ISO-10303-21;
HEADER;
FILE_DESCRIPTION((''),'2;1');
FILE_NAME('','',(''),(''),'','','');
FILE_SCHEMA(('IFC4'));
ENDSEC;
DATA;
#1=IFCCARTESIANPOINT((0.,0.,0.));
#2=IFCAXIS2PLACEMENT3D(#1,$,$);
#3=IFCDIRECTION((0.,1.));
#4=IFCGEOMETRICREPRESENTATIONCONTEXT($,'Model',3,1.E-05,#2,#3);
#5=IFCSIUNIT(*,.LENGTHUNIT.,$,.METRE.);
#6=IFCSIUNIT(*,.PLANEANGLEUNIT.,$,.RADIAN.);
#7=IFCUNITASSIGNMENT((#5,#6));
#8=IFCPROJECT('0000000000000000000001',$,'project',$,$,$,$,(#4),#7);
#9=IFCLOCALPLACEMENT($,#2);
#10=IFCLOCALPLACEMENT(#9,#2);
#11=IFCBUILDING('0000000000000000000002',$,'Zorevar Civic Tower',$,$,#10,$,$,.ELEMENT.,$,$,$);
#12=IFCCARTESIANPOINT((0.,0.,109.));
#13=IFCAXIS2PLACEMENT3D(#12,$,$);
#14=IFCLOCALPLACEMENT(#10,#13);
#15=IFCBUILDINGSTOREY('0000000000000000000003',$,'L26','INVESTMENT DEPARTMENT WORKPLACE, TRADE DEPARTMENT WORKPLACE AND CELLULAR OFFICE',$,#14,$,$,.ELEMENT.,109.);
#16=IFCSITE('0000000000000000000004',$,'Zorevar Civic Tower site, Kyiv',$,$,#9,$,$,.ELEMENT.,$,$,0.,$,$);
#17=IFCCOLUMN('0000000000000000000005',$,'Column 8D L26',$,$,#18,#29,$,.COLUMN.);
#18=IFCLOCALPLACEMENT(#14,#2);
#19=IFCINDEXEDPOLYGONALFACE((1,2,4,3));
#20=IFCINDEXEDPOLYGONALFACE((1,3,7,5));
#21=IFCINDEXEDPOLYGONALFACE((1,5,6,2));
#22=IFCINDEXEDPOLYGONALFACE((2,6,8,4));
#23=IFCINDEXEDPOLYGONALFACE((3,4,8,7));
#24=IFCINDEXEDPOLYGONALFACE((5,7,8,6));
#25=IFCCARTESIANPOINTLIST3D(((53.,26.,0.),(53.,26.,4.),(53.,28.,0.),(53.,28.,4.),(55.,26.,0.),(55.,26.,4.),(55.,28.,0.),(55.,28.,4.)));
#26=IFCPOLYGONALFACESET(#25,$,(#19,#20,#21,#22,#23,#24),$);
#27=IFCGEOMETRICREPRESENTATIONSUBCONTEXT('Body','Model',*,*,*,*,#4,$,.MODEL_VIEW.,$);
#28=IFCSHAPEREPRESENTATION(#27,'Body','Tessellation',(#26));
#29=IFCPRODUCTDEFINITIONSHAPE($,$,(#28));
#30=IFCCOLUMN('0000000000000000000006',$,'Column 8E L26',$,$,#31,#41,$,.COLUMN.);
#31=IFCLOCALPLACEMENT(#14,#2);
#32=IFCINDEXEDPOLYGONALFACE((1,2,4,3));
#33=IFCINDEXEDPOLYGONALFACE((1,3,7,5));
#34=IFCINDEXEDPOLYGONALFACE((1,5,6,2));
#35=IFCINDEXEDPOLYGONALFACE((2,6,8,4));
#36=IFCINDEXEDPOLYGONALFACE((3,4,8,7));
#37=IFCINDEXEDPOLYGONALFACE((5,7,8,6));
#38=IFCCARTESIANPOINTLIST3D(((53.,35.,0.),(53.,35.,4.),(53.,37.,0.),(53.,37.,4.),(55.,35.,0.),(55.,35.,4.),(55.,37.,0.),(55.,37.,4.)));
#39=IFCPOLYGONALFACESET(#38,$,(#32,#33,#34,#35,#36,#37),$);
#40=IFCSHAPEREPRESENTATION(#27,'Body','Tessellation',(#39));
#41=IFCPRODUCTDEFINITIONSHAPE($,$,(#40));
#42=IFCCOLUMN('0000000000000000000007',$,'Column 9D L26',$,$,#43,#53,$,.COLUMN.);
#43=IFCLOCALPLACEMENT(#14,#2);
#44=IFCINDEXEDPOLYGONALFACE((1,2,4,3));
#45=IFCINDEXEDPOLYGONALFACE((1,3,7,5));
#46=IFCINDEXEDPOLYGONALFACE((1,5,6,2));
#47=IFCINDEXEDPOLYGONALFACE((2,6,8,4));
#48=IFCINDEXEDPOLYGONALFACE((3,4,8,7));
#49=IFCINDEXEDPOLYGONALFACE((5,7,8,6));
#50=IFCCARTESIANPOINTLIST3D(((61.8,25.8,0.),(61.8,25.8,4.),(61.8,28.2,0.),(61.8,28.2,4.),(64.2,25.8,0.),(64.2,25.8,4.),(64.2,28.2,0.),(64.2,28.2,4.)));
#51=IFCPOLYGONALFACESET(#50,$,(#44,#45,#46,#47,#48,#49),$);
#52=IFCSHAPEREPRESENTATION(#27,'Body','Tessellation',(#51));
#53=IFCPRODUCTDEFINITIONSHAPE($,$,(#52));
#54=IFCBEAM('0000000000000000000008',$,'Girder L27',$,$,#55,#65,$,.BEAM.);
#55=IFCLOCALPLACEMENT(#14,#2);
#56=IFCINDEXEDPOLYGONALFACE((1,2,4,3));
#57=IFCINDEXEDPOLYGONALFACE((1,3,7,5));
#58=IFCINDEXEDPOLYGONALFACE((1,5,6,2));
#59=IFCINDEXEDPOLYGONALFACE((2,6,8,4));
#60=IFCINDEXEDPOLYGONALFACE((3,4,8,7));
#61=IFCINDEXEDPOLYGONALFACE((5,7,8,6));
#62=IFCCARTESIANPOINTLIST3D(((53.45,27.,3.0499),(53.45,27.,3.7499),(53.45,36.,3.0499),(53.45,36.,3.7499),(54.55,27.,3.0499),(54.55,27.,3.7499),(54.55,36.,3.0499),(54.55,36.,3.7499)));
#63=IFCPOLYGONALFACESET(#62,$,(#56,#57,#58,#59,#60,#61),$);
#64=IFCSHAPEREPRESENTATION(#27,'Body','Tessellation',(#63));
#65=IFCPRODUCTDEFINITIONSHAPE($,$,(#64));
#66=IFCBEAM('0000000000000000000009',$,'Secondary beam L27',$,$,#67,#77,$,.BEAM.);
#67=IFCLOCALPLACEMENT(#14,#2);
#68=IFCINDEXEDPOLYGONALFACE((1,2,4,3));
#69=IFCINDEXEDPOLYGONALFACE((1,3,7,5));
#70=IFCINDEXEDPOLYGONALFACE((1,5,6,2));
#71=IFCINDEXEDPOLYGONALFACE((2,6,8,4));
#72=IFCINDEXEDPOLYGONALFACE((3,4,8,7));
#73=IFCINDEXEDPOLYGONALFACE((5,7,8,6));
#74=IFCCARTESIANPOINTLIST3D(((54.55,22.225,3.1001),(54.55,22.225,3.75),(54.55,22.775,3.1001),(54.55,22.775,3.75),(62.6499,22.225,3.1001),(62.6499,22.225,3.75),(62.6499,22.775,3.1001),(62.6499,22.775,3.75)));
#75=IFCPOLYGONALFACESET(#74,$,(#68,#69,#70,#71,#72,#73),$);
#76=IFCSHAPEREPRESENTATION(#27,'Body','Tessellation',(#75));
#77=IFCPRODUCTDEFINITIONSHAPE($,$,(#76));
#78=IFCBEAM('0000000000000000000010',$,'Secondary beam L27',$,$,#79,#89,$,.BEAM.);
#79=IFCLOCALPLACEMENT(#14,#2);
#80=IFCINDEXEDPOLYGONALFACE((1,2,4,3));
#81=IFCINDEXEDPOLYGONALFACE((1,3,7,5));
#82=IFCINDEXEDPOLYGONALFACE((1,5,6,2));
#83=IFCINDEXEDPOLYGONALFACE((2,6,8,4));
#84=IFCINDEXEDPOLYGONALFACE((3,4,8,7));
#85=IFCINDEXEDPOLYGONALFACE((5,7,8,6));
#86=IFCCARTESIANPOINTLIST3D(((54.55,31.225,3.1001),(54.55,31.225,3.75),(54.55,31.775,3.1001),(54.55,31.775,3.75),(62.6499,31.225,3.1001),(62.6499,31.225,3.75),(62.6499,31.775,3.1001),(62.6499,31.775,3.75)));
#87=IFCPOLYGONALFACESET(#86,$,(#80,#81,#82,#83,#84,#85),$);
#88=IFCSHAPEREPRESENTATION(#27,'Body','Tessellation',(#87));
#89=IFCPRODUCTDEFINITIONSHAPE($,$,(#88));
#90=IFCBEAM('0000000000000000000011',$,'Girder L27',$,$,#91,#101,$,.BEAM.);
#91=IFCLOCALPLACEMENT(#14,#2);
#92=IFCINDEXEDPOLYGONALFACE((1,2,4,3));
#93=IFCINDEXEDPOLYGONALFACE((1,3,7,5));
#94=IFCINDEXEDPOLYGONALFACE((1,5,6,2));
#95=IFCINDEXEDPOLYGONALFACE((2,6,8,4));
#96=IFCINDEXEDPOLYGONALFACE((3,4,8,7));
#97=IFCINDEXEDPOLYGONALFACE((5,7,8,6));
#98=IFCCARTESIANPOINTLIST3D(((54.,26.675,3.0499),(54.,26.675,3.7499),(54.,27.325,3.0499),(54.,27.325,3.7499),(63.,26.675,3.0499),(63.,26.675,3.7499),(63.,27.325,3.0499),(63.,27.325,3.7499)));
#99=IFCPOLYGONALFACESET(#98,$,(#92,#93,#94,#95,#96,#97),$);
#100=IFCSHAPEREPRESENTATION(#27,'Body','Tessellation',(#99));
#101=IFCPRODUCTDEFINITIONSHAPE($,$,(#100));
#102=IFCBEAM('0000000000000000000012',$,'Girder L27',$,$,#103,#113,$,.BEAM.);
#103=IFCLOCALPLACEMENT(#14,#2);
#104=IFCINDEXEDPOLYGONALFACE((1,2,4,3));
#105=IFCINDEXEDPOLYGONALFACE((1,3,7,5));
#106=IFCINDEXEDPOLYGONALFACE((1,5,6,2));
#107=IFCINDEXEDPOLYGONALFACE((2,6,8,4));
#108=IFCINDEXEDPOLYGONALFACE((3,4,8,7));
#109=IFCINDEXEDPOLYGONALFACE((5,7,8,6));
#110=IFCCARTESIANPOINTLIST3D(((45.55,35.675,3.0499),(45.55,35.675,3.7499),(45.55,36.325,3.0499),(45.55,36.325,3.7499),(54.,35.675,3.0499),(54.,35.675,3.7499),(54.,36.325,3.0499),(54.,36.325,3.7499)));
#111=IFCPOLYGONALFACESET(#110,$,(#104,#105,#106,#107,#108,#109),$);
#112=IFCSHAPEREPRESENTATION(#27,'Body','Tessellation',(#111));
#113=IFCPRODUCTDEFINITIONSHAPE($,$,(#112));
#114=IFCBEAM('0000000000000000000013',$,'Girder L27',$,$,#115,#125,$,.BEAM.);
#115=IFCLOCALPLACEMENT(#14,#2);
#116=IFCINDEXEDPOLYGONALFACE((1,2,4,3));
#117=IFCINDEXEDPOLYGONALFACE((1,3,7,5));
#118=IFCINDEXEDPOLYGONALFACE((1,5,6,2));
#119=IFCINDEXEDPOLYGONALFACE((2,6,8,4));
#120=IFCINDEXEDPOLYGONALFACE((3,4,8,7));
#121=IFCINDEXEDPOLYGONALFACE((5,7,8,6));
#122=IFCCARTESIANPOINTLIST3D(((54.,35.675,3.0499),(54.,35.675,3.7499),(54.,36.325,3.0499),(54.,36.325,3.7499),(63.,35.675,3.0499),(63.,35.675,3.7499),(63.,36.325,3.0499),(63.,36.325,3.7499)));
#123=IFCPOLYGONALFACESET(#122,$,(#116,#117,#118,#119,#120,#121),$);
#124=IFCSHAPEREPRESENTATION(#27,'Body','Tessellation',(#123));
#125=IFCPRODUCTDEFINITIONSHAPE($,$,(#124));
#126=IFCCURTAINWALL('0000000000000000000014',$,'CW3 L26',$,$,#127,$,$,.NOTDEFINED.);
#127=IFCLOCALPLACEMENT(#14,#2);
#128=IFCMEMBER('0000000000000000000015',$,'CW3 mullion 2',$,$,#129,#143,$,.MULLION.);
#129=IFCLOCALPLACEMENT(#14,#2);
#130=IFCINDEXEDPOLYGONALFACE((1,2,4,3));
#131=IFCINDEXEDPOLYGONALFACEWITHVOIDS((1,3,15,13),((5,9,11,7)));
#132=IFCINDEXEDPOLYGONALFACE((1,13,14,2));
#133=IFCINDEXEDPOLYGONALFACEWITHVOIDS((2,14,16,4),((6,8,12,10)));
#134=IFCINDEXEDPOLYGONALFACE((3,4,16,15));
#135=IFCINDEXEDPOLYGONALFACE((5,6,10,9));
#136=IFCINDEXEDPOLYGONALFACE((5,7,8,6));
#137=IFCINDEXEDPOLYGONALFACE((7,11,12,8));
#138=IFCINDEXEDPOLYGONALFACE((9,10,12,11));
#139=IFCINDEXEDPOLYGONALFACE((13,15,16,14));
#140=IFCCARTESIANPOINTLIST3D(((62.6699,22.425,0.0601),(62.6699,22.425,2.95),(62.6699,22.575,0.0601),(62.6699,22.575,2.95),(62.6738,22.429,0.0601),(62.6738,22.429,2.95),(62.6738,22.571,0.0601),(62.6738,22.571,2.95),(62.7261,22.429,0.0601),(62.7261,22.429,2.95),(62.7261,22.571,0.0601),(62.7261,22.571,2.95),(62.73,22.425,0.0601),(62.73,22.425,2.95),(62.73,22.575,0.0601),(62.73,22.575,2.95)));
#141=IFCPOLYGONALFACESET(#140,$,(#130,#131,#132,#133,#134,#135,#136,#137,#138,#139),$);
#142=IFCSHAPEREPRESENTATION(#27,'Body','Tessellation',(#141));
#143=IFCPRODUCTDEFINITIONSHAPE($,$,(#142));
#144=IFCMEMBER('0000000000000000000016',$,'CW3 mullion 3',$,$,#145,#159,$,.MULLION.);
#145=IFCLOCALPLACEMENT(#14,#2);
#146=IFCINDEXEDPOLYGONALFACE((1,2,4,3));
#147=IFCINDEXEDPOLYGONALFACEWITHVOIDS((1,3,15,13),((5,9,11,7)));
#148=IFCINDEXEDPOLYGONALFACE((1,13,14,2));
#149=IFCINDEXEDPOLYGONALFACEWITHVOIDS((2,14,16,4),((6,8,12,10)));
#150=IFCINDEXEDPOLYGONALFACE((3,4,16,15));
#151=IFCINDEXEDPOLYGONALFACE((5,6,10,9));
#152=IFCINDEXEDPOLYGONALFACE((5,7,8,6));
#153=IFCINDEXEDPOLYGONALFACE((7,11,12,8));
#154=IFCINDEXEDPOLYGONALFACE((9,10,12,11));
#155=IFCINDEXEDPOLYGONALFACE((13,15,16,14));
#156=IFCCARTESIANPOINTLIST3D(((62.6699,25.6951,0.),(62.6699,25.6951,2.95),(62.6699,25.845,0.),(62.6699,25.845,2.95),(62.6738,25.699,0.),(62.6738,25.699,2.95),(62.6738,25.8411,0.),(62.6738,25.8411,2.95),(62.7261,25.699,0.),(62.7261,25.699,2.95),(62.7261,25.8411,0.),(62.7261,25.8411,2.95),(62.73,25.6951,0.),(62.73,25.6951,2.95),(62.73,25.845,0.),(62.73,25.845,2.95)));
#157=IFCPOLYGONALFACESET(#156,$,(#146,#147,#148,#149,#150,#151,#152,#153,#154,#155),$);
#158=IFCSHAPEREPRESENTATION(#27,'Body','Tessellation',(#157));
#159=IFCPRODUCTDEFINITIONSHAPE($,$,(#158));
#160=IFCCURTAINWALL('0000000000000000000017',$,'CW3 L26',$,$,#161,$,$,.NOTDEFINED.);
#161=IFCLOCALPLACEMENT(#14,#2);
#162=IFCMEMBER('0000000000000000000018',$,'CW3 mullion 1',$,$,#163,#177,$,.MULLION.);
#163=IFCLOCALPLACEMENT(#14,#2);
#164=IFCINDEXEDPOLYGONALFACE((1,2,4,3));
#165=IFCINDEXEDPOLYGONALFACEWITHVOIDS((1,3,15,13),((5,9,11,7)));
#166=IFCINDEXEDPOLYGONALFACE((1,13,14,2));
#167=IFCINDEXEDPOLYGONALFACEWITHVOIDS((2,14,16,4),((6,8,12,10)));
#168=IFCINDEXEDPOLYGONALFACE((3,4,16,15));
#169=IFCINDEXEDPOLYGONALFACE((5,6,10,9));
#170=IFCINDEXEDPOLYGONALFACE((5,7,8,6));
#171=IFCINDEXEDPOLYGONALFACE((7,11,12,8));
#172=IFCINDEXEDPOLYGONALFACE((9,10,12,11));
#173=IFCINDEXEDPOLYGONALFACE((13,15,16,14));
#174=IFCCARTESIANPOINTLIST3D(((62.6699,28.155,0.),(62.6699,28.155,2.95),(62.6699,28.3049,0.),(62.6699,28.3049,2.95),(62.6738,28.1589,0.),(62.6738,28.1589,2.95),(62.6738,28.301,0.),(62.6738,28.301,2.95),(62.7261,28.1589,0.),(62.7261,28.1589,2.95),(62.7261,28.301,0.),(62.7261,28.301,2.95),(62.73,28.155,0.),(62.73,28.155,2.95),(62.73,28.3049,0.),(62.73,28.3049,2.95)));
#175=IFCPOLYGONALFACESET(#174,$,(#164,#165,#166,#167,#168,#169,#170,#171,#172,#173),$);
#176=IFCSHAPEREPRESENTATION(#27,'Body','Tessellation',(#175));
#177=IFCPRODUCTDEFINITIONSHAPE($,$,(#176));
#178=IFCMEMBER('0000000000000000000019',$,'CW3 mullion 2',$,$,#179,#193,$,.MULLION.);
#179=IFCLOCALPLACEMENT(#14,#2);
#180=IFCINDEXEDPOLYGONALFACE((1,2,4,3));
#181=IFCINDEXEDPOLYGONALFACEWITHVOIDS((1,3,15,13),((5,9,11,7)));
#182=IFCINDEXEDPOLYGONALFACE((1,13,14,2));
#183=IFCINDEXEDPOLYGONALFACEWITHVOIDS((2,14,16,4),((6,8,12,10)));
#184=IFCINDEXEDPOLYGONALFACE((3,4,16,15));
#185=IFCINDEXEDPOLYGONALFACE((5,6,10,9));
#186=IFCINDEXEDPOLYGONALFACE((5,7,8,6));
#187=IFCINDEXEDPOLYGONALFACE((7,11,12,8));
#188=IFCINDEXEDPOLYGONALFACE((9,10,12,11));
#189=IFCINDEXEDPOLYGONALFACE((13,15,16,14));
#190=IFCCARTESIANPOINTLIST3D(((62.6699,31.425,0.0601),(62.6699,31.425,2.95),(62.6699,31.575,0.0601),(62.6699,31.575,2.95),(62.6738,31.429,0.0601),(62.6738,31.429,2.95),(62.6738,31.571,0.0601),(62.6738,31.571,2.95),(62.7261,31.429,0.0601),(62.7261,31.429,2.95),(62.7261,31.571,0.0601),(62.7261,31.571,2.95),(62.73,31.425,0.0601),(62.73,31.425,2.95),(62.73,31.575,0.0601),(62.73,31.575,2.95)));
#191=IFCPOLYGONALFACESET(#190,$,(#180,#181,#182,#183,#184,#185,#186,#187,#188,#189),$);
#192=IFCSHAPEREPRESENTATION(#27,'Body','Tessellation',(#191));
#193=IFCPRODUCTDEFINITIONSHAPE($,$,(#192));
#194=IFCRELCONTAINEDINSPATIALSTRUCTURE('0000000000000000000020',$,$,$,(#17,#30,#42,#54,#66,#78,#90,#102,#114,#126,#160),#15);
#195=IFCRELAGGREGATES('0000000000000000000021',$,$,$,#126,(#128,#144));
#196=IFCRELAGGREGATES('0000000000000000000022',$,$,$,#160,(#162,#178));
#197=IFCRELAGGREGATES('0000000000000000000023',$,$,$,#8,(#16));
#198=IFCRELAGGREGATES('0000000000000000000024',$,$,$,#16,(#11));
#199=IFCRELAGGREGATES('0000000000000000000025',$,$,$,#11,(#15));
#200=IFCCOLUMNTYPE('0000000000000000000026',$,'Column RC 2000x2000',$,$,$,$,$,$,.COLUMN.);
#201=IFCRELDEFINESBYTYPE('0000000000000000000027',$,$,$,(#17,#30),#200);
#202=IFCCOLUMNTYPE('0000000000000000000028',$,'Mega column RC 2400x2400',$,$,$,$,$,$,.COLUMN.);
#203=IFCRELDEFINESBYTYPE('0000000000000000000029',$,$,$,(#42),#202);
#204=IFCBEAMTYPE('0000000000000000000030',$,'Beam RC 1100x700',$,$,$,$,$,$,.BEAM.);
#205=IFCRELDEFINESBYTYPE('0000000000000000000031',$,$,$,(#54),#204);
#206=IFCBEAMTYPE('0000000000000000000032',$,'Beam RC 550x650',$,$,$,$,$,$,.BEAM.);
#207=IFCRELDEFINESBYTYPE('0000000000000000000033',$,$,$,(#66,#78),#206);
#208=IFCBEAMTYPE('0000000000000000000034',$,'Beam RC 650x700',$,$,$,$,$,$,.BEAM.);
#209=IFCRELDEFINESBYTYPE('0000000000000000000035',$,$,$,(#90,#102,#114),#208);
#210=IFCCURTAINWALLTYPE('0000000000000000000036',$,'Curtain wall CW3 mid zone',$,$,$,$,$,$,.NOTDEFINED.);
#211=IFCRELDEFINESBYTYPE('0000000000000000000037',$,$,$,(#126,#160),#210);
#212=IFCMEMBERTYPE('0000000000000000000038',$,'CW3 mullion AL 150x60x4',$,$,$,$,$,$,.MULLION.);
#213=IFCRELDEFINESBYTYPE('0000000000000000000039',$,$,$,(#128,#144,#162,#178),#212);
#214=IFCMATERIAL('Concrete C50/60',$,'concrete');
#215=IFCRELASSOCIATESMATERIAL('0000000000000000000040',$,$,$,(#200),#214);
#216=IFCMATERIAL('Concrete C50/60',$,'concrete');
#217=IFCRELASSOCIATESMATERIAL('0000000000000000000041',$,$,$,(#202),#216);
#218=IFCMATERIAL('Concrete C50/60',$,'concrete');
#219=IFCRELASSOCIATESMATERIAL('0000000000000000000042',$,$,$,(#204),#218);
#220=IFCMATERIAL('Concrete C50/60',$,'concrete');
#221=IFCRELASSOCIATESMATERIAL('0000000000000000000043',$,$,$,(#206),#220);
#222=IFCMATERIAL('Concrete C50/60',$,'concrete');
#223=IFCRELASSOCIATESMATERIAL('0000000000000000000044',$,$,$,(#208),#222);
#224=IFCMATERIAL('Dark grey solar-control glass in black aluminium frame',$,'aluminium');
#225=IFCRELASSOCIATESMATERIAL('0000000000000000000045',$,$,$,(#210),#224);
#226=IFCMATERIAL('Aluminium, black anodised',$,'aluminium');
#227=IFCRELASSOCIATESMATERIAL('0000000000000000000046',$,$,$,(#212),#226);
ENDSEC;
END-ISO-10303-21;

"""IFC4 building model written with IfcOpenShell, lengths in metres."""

from ifc_helpers import new_model, si_unit, direction, frame, origin, origin_2d, place, context, subcontext, project, spatial, rectangle, hollow_rectangle, extrude, material, material_profile, profile_set, type_object, element, aggregate, save


model = new_model("IFC4")

# Units and contexts
model_context = context("Model", 3, precision=1e-05, world=origin(), true_north=direction((0.0, 1.0)))
body_context = subcontext(model_context, "Body", "Model", "MODEL_VIEW")
ifc_project = project(units=[si_unit("LENGTHUNIT", "METRE"), si_unit("PLANEANGLEUNIT", "RADIAN")], contexts=[model_context])

# Site, building, storey
site_placement = place(None, origin())
site = spatial("IfcSite", under=ifc_project, at=site_placement, Name="Zorevar Civic Tower site, Kyiv", CompositionType="ELEMENT", RefElevation=0.0)
building_placement = place(site_placement, origin())
building = spatial("IfcBuilding", under=site, at=building_placement, Name="Zorevar Civic Tower", CompositionType="ELEMENT")
storey_placement = place(building_placement, frame((0.0, 0.0, 109.0)))
storey = spatial("IfcBuildingStorey", under=building, at=storey_placement, Name="L26", Description="INVESTMENT DEPARTMENT WORKPLACE, TRADE DEPARTMENT WORKPLACE AND CELLULAR OFFICE", CompositionType="ELEMENT", Elevation=109.0)

# Columns
ifc_material_1 = material(Name="Concrete C50/60", Category="concrete")
ifc_material_profile_1 = material_profile(ifc_material_1, rectangle(XDim=2.0, YDim=2.0, at=origin_2d()), Name="RC 2000x2000")
ifc_profile_set_1 = profile_set([ifc_material_profile_1], Name="Concrete C50/60")
column_type_1 = type_object("IfcColumnType", Name="Column RC 2000x2000", PredefinedType="COLUMN", material=ifc_profile_set_1)
for number, where, z_axis, x_axis, name in (
    (1, (54.0, 27.0, 0.0), (0.0, 0.0, 1.0), (1.0, 0.0, 0.0), "Column 8D L26"),
    (2, (54.0, 36.0, 0.0), (0.0, 0.0, 1.0), (1.0, 0.0, 0.0), "Column 8E L26"),
):
    element("IfcColumn", number, at=place(storey_placement, frame(where, z_axis=z_axis, x_axis=x_axis)), inside=storey, type_object=column_type_1, Name=name, PredefinedType="COLUMN", context=body_context, shape_type="SweptSolid", body=[
        extrude(rectangle(XDim=2.0, YDim=2.0, at=origin_2d()), origin(), (0.0, 0.0, 1.0), 4.0),
    ])
ifc_material_2 = material(Name="Concrete C50/60", Category="concrete")
ifc_material_profile_2 = material_profile(ifc_material_2, rectangle(XDim=2.3999, YDim=2.3999, at=origin_2d()), Name="RC 2400x2400")
ifc_profile_set_2 = profile_set([ifc_material_profile_2], Name="Concrete C50/60")
column_type_2 = type_object("IfcColumnType", Name="Mega column RC 2400x2400", PredefinedType="COLUMN", material=ifc_profile_set_2)
column_placement = place(storey_placement, frame((63.0, 27.0, 0.0), z_axis=(0.0, 0.0, 1.0), x_axis=(1.0, 0.0, 0.0)))
element("IfcColumn", 3, at=column_placement, inside=storey, type_object=column_type_2, Name="Column 9D L26", PredefinedType="COLUMN", context=body_context, shape_type="SweptSolid", body=[
    extrude(rectangle(XDim=2.3999, YDim=2.3999, at=origin_2d()), origin(), (0.0, 0.0, 1.0), 4.0),
])

# Beams
ifc_material_3 = material(Name="Concrete C50/60", Category="concrete")
ifc_material_profile_3 = material_profile(ifc_material_3, rectangle(XDim=1.1001, YDim=0.7, at=origin_2d()), Name="RC 1100x700")
ifc_profile_set_3 = profile_set([ifc_material_profile_3], Name="Concrete C50/60")
beam_type_1 = type_object("IfcBeamType", Name="Beam RC 1100x700", PredefinedType="BEAM", material=ifc_profile_set_3)
beam_1_placement = place(storey_placement, frame((54.0, 27.0, 3.3999), z_axis=(0.0, 1.0, 0.0), x_axis=(-1.0, 0.0, 0.0)))
element("IfcBeam", 4, at=beam_1_placement, inside=storey, type_object=beam_type_1, Name="Girder L27", PredefinedType="BEAM", context=body_context, shape_type="SweptSolid", body=[
    extrude(rectangle(XDim=1.1001, YDim=0.7, at=origin_2d()), origin(), (0.0, 0.0, 1.0), 9.0),
])
ifc_material_4 = material(Name="Concrete C50/60", Category="concrete")
ifc_material_profile_4 = material_profile(ifc_material_4, rectangle(XDim=0.55, YDim=0.6499, at=origin_2d()), Name="RC 550x650")
ifc_profile_set_4 = profile_set([ifc_material_profile_4], Name="Concrete C50/60")
beam_type_2 = type_object("IfcBeamType", Name="Beam RC 550x650", PredefinedType="BEAM", material=ifc_profile_set_4)
for number, where, z_axis, x_axis, name in (
    (5, (54.55, 22.5, 3.425), (1.0, 0.0, 0.0), (0.0, 1.0, 0.0), "Secondary beam L27"),
    (6, (54.55, 31.5, 3.425), (1.0, 0.0, 0.0), (0.0, 1.0, 0.0), "Secondary beam L27"),
):
    element("IfcBeam", number, at=place(storey_placement, frame(where, z_axis=z_axis, x_axis=x_axis)), inside=storey, type_object=beam_type_2, Name=name, PredefinedType="BEAM", context=body_context, shape_type="SweptSolid", body=[
        extrude(rectangle(XDim=0.55, YDim=0.6499, at=origin_2d()), origin(), (0.0, 0.0, 1.0), 8.0999),
    ])
ifc_material_5 = material(Name="Concrete C50/60", Category="concrete")
ifc_material_profile_5 = material_profile(ifc_material_5, rectangle(XDim=0.6499, YDim=0.7, at=origin_2d()), Name="RC 650x700")
ifc_profile_set_5 = profile_set([ifc_material_profile_5], Name="Concrete C50/60")
beam_type_3 = type_object("IfcBeamType", Name="Beam RC 650x700", PredefinedType="BEAM", material=ifc_profile_set_5)
beam_2_placement = place(storey_placement, frame((54.0, 27.0, 3.3999), z_axis=(1.0, 0.0, 0.0), x_axis=(0.0, 1.0, 0.0)))
element("IfcBeam", 7, at=beam_2_placement, inside=storey, type_object=beam_type_3, Name="Girder L27", PredefinedType="BEAM", context=body_context, shape_type="SweptSolid", body=[
    extrude(rectangle(XDim=0.6499, YDim=0.7, at=origin_2d()), origin(), (0.0, 0.0, 1.0), 9.0),
])
beam_3_placement = place(storey_placement, frame((45.55, 36.0, 3.3999), z_axis=(1.0, 0.0, 0.0), x_axis=(0.0, 1.0, 0.0)))
element("IfcBeam", 8, at=beam_3_placement, inside=storey, type_object=beam_type_3, Name="Girder L27", PredefinedType="BEAM", context=body_context, shape_type="SweptSolid", body=[
    extrude(rectangle(XDim=0.6499, YDim=0.7, at=origin_2d()), origin(), (0.0, 0.0, 1.0), 8.45),
])
beam_4_placement = place(storey_placement, frame((54.0, 36.0, 3.3999), z_axis=(1.0, 0.0, 0.0), x_axis=(0.0, 1.0, 0.0)))
element("IfcBeam", 9, at=beam_4_placement, inside=storey, type_object=beam_type_3, Name="Girder L27", PredefinedType="BEAM", context=body_context, shape_type="SweptSolid", body=[
    extrude(rectangle(XDim=0.6499, YDim=0.7, at=origin_2d()), origin(), (0.0, 0.0, 1.0), 9.0),
])

# Curtain walls, members
ifc_material_6 = material(Name="Dark grey solar-control glass in black aluminium frame", Category="aluminium")
curtain_wall_type = type_object("IfcCurtainWallType", Name="Curtain wall CW3 mid zone", PredefinedType="NOTDEFINED", material=ifc_material_6)
curtain_wall_1_placement = place(storey_placement, origin())
curtain_wall_1 = element("IfcCurtainWall", 10, at=curtain_wall_1_placement, inside=storey, type_object=curtain_wall_type, Name="CW3 L26", PredefinedType="NOTDEFINED")
ifc_material_7 = material(Name="Aluminium, black anodised", Category="aluminium")
ifc_material_profile_6 = material_profile(ifc_material_7, hollow_rectangle(XDim=0.0601, YDim=0.1499, WallThickness=0.0039, at=origin_2d()), Name="AL 150x60x4")
ifc_profile_set_6 = profile_set([ifc_material_profile_6], Name="Aluminium, black anodised")
member_type_1 = type_object("IfcMemberType", Name="CW3 mullion AL 150x60x4", PredefinedType="MULLION", material=ifc_profile_set_6)
member_1_placement = place(storey_placement, frame((62.7, 22.5, 0.0601), z_axis=(0.0, 0.0, 1.0), x_axis=(-1.0, 0.0, 0.0)))
member_1 = element("IfcMember", 11, at=member_1_placement, type_object=member_type_1, Name="CW3 mullion 2", PredefinedType="MULLION", context=body_context, shape_type="SweptSolid", body=[
    extrude(hollow_rectangle(XDim=0.0601, YDim=0.1499, WallThickness=0.0039, at=origin_2d()), origin(), (0.0, 0.0, 1.0), 2.8899),
])
member_2_placement = place(storey_placement, frame((62.7, 25.77, 0.0), z_axis=(0.0, 0.0, 1.0), x_axis=(-1.0, 0.0, 0.0)))
member_2 = element("IfcMember", 12, at=member_2_placement, type_object=member_type_1, Name="CW3 mullion 3", PredefinedType="MULLION", context=body_context, shape_type="SweptSolid", body=[
    extrude(hollow_rectangle(XDim=0.0601, YDim=0.1499, WallThickness=0.0039, at=origin_2d()), origin(), (0.0, 0.0, 1.0), 2.95),
])
curtain_wall_2_placement = place(storey_placement, origin())
curtain_wall_2 = element("IfcCurtainWall", 13, at=curtain_wall_2_placement, inside=storey, type_object=curtain_wall_type, Name="CW3 L26", PredefinedType="NOTDEFINED")
member_3_placement = place(storey_placement, frame((62.7, 28.23, 0.0), z_axis=(0.0, 0.0, 1.0), x_axis=(-1.0, 0.0, 0.0)))
member_3 = element("IfcMember", 14, at=member_3_placement, type_object=member_type_1, Name="CW3 mullion 1", PredefinedType="MULLION", context=body_context, shape_type="SweptSolid", body=[
    extrude(hollow_rectangle(XDim=0.0601, YDim=0.1499, WallThickness=0.0039, at=origin_2d()), origin(), (0.0, 0.0, 1.0), 2.95),
])
member_4_placement = place(storey_placement, frame((62.7, 31.5, 0.0601), z_axis=(0.0, 0.0, 1.0), x_axis=(-1.0, 0.0, 0.0)))
member_4 = element("IfcMember", 15, at=member_4_placement, type_object=member_type_1, Name="CW3 mullion 2", PredefinedType="MULLION", context=body_context, shape_type="SweptSolid", body=[
    extrude(hollow_rectangle(XDim=0.0601, YDim=0.1499, WallThickness=0.0039, at=origin_2d()), origin(), (0.0, 0.0, 1.0), 2.8899),
])

aggregate(curtain_wall_1, [member_1, member_2])
aggregate(curtain_wall_2, [member_3, member_4])

save(model, "model.ifc")
